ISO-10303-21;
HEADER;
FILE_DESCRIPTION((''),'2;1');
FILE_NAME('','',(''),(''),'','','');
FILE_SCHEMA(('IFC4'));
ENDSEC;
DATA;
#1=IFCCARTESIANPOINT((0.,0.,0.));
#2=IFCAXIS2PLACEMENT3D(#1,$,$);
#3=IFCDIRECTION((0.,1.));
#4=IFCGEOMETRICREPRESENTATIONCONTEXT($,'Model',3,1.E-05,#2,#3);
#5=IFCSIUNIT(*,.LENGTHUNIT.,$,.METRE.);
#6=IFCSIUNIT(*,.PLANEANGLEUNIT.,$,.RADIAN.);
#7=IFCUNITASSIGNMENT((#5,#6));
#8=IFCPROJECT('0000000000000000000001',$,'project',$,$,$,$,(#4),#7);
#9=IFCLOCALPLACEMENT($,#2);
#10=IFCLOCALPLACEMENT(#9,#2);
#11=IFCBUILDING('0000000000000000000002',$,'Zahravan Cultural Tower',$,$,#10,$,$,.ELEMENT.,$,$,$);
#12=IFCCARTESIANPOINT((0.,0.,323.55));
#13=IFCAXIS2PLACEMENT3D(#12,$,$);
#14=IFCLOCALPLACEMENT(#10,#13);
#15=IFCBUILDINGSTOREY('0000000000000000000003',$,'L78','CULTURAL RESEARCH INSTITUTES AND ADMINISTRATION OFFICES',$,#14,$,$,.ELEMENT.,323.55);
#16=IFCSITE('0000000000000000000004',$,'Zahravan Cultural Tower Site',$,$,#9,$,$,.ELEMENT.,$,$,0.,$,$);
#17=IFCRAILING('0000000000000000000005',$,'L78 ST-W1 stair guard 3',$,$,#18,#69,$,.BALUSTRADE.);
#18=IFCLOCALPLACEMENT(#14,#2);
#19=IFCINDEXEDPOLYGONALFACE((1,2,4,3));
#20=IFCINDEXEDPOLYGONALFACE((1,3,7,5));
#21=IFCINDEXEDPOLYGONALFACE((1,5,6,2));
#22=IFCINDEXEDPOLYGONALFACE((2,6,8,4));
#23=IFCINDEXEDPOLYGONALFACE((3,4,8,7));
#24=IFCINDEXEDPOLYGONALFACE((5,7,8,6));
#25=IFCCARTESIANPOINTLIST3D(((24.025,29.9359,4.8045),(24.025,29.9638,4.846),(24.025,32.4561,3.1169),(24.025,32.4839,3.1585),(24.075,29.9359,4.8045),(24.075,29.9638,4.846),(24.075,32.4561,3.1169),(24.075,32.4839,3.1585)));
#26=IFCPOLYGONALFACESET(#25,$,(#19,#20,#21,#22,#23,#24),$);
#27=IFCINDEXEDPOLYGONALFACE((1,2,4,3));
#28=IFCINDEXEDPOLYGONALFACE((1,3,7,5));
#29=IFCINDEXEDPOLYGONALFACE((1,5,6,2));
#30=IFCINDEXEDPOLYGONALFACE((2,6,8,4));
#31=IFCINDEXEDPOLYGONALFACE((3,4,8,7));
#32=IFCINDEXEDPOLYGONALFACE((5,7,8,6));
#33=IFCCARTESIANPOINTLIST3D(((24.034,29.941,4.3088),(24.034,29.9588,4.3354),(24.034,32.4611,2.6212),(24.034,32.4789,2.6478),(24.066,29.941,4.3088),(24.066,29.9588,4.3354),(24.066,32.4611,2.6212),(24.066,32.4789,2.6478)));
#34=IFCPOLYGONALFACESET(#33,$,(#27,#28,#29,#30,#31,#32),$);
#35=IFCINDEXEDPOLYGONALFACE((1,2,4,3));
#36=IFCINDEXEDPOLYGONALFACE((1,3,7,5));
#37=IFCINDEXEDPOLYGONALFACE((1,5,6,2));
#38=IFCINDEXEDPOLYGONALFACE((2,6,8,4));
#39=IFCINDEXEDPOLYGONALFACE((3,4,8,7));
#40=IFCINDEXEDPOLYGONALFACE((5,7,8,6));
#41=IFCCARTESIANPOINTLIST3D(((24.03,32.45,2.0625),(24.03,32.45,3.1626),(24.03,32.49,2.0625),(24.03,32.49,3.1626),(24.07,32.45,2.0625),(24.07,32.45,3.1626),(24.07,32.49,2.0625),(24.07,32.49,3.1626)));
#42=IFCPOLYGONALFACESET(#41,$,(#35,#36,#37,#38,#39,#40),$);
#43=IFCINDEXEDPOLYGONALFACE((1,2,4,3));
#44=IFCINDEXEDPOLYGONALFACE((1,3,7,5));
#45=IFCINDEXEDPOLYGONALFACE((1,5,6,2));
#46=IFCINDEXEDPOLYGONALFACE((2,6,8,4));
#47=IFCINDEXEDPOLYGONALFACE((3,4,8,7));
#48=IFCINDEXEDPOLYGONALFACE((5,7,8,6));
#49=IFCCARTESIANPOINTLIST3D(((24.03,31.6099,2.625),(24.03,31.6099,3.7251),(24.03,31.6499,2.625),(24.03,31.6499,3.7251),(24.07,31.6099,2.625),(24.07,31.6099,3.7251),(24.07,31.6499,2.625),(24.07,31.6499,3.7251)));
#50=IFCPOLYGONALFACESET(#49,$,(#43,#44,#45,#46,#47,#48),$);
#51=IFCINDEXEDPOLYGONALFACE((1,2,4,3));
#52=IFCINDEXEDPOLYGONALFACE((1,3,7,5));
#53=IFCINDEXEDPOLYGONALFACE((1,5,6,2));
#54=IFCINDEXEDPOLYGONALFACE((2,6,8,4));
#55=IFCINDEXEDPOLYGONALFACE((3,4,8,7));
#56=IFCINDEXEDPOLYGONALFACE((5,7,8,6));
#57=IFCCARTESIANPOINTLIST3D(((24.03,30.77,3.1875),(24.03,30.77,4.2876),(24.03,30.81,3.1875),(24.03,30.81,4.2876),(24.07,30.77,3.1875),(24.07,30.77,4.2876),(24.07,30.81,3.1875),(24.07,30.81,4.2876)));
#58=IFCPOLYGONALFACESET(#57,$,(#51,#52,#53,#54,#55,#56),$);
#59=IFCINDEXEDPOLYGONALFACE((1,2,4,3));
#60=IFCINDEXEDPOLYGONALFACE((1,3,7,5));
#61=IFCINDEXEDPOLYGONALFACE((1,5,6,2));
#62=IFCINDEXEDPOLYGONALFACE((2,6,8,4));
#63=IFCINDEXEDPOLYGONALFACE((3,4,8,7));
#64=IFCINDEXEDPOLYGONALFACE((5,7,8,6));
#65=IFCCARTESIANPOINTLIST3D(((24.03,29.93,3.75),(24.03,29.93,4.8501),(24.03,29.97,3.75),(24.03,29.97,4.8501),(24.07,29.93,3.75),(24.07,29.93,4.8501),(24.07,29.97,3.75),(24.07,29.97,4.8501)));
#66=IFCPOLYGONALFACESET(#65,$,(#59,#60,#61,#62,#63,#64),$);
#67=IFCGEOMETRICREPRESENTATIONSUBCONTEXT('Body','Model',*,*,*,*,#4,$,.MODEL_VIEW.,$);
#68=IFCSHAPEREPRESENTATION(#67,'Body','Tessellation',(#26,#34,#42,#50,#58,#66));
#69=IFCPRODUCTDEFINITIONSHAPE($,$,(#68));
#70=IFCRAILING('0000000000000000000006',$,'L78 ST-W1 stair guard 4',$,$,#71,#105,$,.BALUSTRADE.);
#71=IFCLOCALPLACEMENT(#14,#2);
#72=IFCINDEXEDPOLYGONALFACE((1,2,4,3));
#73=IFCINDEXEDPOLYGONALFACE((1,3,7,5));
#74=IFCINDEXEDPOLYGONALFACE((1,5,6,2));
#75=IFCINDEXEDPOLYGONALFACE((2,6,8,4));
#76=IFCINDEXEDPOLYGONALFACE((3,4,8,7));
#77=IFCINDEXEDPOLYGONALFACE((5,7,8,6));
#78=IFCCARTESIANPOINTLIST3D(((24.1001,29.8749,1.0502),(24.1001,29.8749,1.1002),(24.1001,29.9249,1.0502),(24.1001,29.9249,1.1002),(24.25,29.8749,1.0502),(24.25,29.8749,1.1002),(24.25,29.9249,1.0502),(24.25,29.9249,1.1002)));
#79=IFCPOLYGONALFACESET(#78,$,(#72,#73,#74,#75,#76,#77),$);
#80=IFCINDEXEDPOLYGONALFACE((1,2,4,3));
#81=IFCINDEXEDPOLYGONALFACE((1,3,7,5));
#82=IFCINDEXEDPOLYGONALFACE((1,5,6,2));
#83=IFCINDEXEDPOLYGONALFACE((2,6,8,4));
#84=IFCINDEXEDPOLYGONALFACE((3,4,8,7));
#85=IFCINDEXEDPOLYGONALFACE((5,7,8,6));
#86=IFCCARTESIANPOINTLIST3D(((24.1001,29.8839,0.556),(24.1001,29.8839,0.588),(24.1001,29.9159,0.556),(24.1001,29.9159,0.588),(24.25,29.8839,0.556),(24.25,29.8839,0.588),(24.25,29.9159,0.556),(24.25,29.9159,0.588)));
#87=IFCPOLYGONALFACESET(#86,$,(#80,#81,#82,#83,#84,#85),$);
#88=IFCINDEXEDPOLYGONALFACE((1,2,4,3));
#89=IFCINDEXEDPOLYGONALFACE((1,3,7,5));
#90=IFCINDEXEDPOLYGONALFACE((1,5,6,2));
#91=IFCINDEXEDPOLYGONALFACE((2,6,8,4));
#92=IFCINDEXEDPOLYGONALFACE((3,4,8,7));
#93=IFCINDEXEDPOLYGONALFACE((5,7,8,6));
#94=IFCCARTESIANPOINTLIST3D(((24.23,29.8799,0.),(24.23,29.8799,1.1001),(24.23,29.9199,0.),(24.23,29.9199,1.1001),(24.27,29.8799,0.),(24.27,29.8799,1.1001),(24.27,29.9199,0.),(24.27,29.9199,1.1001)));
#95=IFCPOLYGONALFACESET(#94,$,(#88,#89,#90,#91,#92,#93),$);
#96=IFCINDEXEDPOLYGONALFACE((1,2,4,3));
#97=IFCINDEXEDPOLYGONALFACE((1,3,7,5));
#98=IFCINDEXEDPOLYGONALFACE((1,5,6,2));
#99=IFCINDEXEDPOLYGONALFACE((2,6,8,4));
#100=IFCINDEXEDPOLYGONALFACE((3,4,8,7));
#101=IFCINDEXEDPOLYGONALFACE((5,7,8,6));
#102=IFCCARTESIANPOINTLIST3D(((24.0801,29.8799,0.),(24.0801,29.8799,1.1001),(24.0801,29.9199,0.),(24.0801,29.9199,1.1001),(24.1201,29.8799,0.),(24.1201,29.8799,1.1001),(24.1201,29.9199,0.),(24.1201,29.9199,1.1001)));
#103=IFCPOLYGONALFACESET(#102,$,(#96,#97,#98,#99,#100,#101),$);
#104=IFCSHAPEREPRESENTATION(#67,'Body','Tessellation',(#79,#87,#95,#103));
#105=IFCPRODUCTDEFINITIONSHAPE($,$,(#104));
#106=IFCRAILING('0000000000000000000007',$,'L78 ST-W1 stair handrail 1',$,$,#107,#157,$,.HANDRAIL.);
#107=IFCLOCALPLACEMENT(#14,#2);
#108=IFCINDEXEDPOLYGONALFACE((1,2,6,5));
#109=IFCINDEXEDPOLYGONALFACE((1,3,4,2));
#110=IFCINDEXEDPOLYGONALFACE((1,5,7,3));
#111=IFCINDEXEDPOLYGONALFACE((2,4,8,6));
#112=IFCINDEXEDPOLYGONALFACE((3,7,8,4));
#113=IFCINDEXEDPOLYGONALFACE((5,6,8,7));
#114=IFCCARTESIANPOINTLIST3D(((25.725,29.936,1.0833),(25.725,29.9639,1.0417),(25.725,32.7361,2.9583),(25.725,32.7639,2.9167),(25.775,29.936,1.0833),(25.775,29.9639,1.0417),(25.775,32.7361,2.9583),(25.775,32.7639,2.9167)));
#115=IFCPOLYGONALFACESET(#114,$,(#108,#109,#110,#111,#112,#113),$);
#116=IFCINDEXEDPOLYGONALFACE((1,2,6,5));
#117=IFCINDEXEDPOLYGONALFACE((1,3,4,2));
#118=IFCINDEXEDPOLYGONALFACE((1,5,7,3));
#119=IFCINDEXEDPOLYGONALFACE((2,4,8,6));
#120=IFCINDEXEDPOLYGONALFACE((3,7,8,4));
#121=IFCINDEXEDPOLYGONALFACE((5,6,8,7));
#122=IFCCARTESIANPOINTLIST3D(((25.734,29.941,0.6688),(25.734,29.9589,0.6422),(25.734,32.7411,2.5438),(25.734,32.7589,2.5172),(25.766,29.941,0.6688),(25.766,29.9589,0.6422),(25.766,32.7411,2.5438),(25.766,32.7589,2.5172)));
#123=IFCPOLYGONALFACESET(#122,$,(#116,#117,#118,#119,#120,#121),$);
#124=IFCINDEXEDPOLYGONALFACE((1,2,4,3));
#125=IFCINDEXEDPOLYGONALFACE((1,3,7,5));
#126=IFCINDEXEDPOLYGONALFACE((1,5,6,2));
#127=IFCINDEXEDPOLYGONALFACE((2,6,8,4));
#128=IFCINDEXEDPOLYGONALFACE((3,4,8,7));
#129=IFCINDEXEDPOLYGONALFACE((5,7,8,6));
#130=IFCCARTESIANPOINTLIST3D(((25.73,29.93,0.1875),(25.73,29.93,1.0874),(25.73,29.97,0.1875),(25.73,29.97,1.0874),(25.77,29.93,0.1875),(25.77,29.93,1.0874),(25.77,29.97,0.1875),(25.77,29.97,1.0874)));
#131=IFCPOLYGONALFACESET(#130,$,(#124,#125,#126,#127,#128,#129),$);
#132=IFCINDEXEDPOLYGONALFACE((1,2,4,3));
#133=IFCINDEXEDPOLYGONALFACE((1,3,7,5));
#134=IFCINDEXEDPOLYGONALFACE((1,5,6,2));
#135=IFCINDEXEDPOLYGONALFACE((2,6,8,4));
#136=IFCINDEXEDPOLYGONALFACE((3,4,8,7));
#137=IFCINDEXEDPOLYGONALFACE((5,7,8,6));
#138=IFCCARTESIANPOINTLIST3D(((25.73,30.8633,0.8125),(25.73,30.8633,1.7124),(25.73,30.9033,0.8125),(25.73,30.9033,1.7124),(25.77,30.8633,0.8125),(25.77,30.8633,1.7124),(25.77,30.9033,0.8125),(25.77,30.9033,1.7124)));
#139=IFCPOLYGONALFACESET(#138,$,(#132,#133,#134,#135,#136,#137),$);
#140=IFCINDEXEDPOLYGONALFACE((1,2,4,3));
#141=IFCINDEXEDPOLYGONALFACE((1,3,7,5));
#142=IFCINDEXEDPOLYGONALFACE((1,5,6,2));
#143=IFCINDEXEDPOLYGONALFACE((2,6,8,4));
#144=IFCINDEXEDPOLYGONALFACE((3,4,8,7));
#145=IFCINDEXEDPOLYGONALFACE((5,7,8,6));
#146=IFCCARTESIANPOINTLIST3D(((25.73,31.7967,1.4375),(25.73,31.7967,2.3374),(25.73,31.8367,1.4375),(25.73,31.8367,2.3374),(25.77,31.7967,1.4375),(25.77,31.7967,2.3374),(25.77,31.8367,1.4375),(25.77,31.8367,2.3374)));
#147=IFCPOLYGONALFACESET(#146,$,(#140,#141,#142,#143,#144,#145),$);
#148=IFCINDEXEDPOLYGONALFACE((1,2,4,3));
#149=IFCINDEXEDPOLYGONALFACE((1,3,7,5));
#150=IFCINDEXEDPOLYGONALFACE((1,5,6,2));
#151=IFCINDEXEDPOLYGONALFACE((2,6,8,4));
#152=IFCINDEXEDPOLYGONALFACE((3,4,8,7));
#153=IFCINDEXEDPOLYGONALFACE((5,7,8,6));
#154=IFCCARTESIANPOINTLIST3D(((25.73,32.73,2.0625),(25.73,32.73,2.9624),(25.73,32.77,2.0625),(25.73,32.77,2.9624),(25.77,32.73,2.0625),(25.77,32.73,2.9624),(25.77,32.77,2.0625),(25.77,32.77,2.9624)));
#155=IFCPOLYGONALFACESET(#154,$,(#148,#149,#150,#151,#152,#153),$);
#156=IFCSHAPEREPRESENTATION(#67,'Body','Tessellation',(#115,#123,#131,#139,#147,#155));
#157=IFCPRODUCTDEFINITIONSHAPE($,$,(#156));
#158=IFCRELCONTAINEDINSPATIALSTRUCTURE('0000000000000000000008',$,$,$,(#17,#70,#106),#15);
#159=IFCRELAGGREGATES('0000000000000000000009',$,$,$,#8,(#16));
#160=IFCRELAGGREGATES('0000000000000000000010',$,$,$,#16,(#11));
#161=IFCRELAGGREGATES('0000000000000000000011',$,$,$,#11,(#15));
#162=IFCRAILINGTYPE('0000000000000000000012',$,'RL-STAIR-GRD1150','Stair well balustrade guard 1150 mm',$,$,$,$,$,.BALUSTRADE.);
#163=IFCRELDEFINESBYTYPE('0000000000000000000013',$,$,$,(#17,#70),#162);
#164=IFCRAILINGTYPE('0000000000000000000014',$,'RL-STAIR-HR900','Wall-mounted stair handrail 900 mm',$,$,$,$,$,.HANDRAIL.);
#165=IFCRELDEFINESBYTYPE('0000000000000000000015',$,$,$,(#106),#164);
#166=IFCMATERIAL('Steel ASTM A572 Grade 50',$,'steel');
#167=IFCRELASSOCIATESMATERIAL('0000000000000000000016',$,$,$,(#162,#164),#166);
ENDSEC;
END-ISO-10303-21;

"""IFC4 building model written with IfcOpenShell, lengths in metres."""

from ifc_helpers import new_model, si_unit, direction, frame, origin, origin_2d, place, context, subcontext, project, spatial, rectangle, extrude, material, type_object, element, save


model = new_model("IFC4")

# Units and contexts
model_context = context("Model", 3, precision=1e-05, world=origin(), true_north=direction((0.0, 1.0)))
body_context = subcontext(model_context, "Body", "Model", "MODEL_VIEW")
ifc_project = project(units=[si_unit("LENGTHUNIT", "METRE"), si_unit("PLANEANGLEUNIT", "RADIAN")], contexts=[model_context])

# Site, building, storey
site_placement = place(None, origin())
site = spatial("IfcSite", under=ifc_project, at=site_placement, Name="Zahravan Cultural Tower Site", CompositionType="ELEMENT", RefElevation=0.0)
building_placement = place(site_placement, origin())
building = spatial("IfcBuilding", under=site, at=building_placement, Name="Zahravan Cultural Tower", CompositionType="ELEMENT")
storey_placement = place(building_placement, frame((0.0, 0.0, 323.55)))
storey = spatial("IfcBuildingStorey", under=building, at=storey_placement, Name="L78", Description="CULTURAL RESEARCH INSTITUTES AND ADMINISTRATION OFFICES", CompositionType="ELEMENT", Elevation=323.55)

# Shared definitions
ifc_material_1 = material(Name="Steel ASTM A572 Grade 50", Category="steel")

# Railings
railing_type_1 = type_object("IfcRailingType", Name="RL-STAIR-GRD1150", Description="Stair well balustrade guard 1150 mm", PredefinedType="BALUSTRADE", material=ifc_material_1)
railing_1_placement = place(storey_placement, frame((24.05, 32.47, 2.0625)))
element("IfcRailing", 1, at=railing_1_placement, inside=storey, type_object=railing_type_1, Name="L78 ST-W1 stair guard 3", PredefinedType="BALUSTRADE", context=body_context, shape_type="SweptSolid", body=[
    extrude(rectangle(XDim=0.05, YDim=0.05, at=origin_2d()), frame((0.0, 0.0, 1.0752), z_axis=(0.0, -0.830909, 0.556408), x_axis=(1.0, 0.0, 0.0)), (0.0, 0.0, 1.0), 3.033),
    extrude(rectangle(XDim=0.032, YDim=0.032, at=origin_2d()), frame((0.0, 0.0, 0.572), z_axis=(0.0, -0.830909, 0.556408), x_axis=(1.0, 0.0, 0.0)), (0.0, 0.0, 1.0), 3.033),
    extrude(rectangle(XDim=0.04, YDim=0.04, at=origin_2d()), origin(), (0.0, 0.0, 1.0), 1.1001),
    extrude(rectangle(XDim=0.04, YDim=0.04, at=origin_2d()), frame((0.0, -0.8401, 0.5625)), (0.0, 0.0, 1.0), 1.1001),
    extrude(rectangle(XDim=0.04, YDim=0.04, at=origin_2d()), frame((0.0, -1.6799, 1.125)), (0.0, 0.0, 1.0), 1.1001),
    extrude(rectangle(XDim=0.04, YDim=0.04, at=origin_2d()), frame((0.0, -2.52, 1.6875)), (0.0, 0.0, 1.0), 1.1001),
])
railing_2_placement = place(storey_placement, frame((24.25, 29.8999, 0.0)))
element("IfcRailing", 2, at=railing_2_placement, inside=storey, type_object=railing_type_1, Name="L78 ST-W1 stair guard 4", PredefinedType="BALUSTRADE", context=body_context, shape_type="SweptSolid", body=[
    extrude(rectangle(XDim=0.05, YDim=0.05, at=origin_2d()), frame((0.0, 0.0, 1.0752), z_axis=(-1.0, 0.0, 0.0), x_axis=(0.0, -1.0, 0.0)), (0.0, 0.0, 1.0), 0.1499),
    extrude(rectangle(XDim=0.032, YDim=0.032, at=origin_2d()), frame((0.0, 0.0, 0.572), z_axis=(-1.0, 0.0, 0.0), x_axis=(0.0, -1.0, 0.0)), (0.0, 0.0, 1.0), 0.1499),
    extrude(rectangle(XDim=0.04, YDim=0.04, at=origin_2d()), origin(), (0.0, 0.0, 1.0), 1.1001),
    extrude(rectangle(XDim=0.04, YDim=0.04, at=origin_2d()), frame((-0.1499, 0.0, 0.0)), (0.0, 0.0, 1.0), 1.1001),
])
railing_type_2 = type_object("IfcRailingType", Name="RL-STAIR-HR900", Description="Wall-mounted stair handrail 900 mm", PredefinedType="HANDRAIL", material=ifc_material_1)
railing_3_placement = place(storey_placement, frame((25.75, 29.95, 0.1875)))
element("IfcRailing", 3, at=railing_3_placement, inside=storey, type_object=railing_type_2, Name="L78 ST-W1 stair handrail 1", PredefinedType="HANDRAIL", context=body_context, shape_type="SweptSolid", body=[
    extrude(rectangle(XDim=0.05, YDim=0.05, at=origin_2d()), frame((0.0, 0.0, 0.875), z_axis=(0.0, 0.830912, 0.556404), x_axis=(-1.0, 0.0, 0.0)), (0.0, 0.0, 1.0), 3.3699),
    extrude(rectangle(XDim=0.032, YDim=0.032, at=origin_2d()), frame((0.0, 0.0, 0.468), z_axis=(0.0, 0.830912, 0.556404), x_axis=(-1.0, 0.0, 0.0)), (0.0, 0.0, 1.0), 3.3699),
    extrude(rectangle(XDim=0.04, YDim=0.04, at=origin_2d()), origin(), (0.0, 0.0, 1.0), 0.8999),
    extrude(rectangle(XDim=0.04, YDim=0.04, at=origin_2d()), frame((0.0, 0.9333, 0.625)), (0.0, 0.0, 1.0), 0.8999),
    extrude(rectangle(XDim=0.04, YDim=0.04, at=origin_2d()), frame((0.0, 1.8667, 1.25)), (0.0, 0.0, 1.0), 0.8999),
    extrude(rectangle(XDim=0.04, YDim=0.04, at=origin_2d()), frame((0.0, 2.8, 1.875)), (0.0, 0.0, 1.0), 0.8999),
])

save(model, "model.ifc")
